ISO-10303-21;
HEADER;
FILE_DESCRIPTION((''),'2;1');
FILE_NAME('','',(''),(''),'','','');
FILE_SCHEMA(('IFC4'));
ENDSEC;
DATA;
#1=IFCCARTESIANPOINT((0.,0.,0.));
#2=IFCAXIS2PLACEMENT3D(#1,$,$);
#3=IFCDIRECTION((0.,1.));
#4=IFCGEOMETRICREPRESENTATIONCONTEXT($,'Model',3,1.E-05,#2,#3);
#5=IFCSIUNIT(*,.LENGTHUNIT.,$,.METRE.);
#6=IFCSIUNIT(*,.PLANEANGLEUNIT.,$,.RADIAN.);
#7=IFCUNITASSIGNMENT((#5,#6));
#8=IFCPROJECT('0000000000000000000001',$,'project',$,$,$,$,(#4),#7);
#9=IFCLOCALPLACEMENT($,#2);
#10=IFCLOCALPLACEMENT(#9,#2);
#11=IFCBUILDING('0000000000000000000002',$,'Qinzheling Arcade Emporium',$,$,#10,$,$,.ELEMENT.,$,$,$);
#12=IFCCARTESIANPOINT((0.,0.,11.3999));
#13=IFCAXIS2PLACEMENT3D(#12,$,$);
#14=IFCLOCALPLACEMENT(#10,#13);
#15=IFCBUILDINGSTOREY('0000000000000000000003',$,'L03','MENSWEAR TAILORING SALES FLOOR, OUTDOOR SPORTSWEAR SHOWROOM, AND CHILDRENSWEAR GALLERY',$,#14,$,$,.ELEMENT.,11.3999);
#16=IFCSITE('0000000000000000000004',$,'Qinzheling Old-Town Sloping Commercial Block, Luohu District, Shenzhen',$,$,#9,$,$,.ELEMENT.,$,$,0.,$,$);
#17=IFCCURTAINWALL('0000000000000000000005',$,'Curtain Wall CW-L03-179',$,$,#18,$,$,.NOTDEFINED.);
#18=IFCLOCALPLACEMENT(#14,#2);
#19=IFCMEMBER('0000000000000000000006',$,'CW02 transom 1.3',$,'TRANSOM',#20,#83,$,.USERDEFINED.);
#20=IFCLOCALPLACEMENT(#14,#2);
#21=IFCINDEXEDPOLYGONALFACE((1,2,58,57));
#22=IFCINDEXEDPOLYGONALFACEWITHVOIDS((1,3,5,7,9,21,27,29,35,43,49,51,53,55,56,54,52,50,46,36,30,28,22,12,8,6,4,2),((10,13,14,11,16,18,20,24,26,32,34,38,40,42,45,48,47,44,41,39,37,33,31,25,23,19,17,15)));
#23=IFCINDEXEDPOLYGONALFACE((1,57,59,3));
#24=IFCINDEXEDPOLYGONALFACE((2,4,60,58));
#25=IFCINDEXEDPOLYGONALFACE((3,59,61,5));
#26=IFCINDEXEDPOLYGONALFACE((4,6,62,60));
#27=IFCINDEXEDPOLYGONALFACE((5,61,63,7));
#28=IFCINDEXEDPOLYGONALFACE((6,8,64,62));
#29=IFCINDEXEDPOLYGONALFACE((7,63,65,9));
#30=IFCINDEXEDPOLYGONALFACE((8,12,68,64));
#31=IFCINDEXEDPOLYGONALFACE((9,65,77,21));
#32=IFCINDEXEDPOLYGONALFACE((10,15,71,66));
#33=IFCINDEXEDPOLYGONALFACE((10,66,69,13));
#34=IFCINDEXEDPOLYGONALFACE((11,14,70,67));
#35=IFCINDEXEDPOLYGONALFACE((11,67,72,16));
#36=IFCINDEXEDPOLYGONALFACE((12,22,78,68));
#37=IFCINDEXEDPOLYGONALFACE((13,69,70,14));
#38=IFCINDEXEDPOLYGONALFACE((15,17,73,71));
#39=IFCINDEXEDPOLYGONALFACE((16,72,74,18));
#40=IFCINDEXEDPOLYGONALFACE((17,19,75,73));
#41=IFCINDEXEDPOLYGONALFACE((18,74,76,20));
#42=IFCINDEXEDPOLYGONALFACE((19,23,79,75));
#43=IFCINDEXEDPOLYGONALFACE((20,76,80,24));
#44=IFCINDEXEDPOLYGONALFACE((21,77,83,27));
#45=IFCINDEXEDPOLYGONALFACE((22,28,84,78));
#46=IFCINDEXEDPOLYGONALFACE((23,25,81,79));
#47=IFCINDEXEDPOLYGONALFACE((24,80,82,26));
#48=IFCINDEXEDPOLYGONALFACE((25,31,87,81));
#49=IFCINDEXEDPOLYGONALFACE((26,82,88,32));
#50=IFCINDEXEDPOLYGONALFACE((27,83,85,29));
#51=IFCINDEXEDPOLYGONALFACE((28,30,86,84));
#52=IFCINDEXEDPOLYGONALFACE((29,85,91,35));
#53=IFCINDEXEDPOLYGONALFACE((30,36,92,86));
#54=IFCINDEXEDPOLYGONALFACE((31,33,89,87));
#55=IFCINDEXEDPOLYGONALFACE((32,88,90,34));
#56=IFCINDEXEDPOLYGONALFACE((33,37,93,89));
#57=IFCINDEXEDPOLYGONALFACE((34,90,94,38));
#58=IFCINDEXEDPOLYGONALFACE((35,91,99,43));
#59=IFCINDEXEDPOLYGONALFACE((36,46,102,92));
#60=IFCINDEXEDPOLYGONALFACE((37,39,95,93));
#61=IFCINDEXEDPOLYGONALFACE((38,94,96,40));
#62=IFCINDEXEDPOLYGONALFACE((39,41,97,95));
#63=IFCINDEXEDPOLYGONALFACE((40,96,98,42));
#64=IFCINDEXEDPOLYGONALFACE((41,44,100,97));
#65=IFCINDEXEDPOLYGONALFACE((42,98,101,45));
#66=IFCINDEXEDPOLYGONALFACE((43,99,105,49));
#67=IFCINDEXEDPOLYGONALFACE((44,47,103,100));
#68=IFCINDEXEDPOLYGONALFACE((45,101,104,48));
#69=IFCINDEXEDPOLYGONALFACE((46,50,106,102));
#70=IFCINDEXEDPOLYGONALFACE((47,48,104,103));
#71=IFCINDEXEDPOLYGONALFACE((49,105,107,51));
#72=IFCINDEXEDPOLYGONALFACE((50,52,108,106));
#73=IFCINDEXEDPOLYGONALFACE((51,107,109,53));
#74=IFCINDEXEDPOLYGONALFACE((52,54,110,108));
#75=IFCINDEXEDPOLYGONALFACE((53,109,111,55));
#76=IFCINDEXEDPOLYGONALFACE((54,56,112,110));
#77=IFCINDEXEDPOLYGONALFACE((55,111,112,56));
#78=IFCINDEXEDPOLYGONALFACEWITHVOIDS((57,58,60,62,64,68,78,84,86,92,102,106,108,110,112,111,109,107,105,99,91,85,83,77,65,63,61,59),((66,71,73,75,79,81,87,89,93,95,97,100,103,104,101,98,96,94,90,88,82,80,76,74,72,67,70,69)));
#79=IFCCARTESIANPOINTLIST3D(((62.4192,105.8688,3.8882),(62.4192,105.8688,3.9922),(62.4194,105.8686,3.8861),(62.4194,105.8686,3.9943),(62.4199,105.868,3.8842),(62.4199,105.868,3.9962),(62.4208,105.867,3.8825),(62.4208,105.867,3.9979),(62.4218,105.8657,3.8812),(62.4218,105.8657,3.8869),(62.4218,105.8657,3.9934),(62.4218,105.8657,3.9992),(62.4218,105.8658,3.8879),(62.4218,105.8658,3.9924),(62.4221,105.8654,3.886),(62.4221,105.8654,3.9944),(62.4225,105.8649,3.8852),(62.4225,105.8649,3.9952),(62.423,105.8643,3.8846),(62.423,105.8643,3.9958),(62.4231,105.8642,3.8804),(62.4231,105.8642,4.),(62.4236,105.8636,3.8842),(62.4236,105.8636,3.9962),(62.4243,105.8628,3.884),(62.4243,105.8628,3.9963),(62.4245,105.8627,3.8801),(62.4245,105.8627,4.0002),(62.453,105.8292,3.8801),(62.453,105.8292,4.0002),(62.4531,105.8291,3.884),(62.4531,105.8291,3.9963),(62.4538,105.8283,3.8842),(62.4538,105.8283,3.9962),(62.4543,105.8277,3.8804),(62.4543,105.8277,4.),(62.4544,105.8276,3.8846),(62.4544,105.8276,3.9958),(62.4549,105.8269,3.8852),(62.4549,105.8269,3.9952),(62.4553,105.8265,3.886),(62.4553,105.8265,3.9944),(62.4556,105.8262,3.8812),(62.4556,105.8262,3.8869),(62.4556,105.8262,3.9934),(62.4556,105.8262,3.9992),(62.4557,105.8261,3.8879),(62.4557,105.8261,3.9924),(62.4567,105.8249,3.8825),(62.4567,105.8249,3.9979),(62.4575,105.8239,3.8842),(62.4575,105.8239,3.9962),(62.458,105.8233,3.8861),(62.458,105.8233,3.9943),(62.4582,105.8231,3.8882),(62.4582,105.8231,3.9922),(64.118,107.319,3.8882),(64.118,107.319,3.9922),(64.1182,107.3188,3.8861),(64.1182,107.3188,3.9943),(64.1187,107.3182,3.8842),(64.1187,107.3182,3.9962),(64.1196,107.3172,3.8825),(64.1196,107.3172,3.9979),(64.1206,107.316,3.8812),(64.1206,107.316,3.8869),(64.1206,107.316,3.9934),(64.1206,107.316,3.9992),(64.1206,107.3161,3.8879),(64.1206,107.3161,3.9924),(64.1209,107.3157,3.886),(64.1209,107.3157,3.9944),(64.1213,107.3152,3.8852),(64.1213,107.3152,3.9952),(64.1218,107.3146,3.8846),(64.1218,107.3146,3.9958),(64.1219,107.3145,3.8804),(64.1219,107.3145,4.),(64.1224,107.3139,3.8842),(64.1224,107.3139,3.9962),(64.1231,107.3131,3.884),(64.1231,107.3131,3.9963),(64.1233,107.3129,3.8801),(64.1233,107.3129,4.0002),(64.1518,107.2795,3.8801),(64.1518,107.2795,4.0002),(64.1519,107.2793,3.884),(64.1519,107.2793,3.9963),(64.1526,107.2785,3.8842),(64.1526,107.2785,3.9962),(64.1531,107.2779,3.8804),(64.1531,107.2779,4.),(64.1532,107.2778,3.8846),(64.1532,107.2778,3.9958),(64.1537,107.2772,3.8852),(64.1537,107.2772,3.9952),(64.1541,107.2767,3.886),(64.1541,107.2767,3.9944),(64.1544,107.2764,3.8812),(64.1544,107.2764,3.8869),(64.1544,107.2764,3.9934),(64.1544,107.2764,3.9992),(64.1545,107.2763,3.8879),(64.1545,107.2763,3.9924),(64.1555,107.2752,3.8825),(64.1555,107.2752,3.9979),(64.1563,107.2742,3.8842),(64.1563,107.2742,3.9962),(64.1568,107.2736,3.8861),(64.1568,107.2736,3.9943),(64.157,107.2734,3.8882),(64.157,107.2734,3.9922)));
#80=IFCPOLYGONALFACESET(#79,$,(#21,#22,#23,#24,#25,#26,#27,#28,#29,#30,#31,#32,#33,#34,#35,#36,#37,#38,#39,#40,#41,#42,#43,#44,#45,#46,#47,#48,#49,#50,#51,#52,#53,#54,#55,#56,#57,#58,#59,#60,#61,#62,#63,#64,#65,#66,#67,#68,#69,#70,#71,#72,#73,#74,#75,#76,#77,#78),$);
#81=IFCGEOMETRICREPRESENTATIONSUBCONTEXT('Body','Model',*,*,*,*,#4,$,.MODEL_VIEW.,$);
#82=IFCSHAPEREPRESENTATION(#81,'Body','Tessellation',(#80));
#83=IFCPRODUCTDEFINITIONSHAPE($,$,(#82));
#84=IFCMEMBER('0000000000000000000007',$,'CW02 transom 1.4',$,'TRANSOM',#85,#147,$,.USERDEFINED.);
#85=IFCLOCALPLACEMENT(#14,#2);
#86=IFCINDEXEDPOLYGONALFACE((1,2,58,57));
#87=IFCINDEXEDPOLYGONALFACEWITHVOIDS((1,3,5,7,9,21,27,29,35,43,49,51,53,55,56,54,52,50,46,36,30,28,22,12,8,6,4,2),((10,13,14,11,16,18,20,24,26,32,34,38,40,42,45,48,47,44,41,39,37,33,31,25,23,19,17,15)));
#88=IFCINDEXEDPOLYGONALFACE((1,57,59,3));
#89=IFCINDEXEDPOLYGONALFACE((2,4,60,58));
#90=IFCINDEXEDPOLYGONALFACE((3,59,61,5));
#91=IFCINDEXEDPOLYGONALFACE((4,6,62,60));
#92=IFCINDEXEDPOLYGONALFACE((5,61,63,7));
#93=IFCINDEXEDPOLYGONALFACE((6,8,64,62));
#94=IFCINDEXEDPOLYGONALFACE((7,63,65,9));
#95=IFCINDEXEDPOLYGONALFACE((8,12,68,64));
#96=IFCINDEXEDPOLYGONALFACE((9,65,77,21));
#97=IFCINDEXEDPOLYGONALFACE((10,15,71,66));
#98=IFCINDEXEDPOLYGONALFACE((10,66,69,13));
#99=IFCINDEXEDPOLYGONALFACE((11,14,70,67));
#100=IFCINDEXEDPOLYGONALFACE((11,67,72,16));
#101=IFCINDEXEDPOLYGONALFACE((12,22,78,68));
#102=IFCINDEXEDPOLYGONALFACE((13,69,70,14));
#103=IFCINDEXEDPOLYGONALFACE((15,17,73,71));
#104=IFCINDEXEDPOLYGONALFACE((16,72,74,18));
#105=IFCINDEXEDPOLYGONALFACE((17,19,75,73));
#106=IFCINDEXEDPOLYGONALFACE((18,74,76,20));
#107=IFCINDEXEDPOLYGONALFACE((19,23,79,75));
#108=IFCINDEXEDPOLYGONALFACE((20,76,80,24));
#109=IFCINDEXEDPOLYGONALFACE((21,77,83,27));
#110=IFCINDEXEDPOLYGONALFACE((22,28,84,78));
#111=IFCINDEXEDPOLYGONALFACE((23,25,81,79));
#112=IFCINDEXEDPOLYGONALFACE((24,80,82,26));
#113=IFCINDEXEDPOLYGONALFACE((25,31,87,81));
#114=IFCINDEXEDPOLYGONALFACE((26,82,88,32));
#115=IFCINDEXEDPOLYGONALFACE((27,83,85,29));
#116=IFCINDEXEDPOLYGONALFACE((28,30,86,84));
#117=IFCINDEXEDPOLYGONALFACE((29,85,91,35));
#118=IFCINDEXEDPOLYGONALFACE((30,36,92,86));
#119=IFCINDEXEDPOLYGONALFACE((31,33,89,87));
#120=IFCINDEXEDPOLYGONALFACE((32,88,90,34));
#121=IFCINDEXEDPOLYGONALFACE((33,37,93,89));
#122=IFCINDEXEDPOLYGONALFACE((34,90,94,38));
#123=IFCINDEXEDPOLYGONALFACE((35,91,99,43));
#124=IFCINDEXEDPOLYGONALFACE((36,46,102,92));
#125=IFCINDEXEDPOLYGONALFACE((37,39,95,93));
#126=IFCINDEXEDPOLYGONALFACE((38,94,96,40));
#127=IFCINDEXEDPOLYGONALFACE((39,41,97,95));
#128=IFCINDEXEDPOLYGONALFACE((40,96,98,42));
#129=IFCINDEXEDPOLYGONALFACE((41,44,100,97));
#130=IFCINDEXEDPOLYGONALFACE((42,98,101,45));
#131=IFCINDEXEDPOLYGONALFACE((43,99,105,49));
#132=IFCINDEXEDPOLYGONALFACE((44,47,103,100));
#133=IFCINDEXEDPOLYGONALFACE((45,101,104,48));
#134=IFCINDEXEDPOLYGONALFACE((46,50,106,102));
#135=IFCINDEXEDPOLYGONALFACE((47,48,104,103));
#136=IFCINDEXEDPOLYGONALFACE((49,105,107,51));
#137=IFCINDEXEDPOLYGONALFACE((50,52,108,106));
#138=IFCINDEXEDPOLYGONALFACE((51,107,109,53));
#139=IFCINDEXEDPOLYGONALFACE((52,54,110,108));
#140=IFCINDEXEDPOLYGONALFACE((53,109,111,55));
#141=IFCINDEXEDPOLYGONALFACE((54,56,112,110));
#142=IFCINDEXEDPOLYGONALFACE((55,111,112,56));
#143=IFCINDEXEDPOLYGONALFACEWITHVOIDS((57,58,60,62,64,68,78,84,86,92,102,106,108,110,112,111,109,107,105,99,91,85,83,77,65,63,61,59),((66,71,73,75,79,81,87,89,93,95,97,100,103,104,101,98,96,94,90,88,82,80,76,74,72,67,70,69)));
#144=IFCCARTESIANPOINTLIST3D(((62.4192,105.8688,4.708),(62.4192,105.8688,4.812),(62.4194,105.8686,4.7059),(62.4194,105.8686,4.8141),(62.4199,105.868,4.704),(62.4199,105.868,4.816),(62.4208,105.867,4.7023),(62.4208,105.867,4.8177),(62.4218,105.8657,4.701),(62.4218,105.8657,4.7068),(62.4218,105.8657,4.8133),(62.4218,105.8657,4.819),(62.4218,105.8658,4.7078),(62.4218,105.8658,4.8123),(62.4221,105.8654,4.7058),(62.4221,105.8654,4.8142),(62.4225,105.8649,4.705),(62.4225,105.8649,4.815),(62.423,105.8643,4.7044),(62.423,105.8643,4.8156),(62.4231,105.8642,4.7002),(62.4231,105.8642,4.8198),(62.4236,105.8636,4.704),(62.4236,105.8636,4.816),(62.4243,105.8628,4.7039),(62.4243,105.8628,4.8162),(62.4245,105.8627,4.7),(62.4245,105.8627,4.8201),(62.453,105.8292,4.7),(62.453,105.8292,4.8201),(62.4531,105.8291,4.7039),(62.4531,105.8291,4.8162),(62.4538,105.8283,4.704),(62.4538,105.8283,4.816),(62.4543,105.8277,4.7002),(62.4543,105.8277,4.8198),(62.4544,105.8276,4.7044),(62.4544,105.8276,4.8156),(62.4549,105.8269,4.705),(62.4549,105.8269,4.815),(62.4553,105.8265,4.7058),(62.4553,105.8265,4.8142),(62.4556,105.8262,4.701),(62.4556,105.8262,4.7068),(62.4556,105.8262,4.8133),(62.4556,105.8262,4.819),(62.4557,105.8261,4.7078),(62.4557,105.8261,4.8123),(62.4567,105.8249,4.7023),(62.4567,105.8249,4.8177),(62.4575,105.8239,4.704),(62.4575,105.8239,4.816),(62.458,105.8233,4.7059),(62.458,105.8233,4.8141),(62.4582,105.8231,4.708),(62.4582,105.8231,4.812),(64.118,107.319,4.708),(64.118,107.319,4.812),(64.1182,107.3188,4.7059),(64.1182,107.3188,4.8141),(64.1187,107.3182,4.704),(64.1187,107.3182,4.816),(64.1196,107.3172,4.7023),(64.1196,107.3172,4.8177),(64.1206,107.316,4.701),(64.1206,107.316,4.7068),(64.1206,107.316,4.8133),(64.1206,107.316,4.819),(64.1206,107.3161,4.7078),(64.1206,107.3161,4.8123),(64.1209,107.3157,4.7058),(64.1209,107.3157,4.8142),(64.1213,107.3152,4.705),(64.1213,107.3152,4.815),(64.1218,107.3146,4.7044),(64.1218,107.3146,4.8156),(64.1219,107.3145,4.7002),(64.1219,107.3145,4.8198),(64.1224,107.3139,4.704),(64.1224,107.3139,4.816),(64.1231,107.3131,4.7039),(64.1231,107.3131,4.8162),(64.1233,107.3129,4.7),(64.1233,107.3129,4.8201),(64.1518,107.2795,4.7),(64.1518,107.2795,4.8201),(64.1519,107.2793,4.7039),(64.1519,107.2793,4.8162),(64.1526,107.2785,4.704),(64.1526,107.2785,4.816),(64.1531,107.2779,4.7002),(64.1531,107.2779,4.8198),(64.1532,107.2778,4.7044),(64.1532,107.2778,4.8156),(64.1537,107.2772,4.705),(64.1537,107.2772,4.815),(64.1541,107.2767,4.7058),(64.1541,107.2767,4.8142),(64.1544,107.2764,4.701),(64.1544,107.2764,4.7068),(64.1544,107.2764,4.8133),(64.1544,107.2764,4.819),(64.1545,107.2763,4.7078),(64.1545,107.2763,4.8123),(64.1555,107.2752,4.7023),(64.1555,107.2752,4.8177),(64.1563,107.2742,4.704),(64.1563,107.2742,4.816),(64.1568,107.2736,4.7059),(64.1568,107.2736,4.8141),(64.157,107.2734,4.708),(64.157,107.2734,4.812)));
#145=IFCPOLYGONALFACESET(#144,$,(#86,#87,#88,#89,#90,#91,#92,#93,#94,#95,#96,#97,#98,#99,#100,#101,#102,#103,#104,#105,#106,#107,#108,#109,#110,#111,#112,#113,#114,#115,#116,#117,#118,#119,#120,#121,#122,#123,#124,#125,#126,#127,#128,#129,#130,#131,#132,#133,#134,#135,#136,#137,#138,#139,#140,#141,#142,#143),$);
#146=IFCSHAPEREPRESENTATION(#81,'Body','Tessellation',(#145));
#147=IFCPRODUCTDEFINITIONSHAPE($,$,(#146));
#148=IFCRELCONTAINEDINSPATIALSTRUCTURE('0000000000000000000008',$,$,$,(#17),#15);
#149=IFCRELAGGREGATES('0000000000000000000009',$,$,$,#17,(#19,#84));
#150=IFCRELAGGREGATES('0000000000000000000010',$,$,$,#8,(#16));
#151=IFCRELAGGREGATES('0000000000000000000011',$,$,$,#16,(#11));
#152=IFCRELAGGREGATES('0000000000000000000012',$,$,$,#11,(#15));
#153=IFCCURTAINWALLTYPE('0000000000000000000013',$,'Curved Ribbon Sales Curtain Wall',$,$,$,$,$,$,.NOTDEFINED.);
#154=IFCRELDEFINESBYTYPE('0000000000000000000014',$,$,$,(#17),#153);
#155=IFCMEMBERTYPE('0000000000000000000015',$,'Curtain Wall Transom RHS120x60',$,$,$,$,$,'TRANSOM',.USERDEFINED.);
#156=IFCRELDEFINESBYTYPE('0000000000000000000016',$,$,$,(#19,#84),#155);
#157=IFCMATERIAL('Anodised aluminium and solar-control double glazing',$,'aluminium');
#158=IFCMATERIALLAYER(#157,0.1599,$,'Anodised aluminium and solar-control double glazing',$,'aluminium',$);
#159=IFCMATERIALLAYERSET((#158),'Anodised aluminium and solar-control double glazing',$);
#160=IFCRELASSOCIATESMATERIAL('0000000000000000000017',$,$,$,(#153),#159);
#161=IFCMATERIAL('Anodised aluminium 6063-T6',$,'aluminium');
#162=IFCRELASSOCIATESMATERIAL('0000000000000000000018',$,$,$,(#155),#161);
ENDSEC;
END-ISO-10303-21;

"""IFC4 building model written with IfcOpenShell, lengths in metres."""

from ifc_helpers import new_model, si_unit, direction, frame, origin, origin_2d, place, context, subcontext, project, spatial, hollow_rectangle, extrude, material, layer, layer_set, material_profile, profile_set, type_object, element, aggregate, save


model = new_model("IFC4")

# Units and contexts
model_context = context("Model", 3, precision=1e-05, world=origin(), true_north=direction((0.0, 1.0)))
body_context = subcontext(model_context, "Body", "Model", "MODEL_VIEW")
ifc_project = project(units=[si_unit("LENGTHUNIT", "METRE"), si_unit("PLANEANGLEUNIT", "RADIAN")], contexts=[model_context])

# Site, building, storey
site_placement = place(None, origin())
site = spatial("IfcSite", under=ifc_project, at=site_placement, Name="Qinzheling Old-Town Sloping Commercial Block, Luohu District, Shenzhen", CompositionType="ELEMENT", RefElevation=0.0)
building_placement = place(site_placement, origin())
building = spatial("IfcBuilding", under=site, at=building_placement, Name="Qinzheling Arcade Emporium", CompositionType="ELEMENT")
storey_placement = place(building_placement, frame((0.0, 0.0, 11.3999)))
storey = spatial("IfcBuildingStorey", under=building, at=storey_placement, Name="L03", Description="MENSWEAR TAILORING SALES FLOOR, OUTDOOR SPORTSWEAR SHOWROOM, AND CHILDRENSWEAR GALLERY", CompositionType="ELEMENT", Elevation=11.3999)

# Shared definitions
ifc_material_1 = material(Name="Anodised aluminium and solar-control double glazing", Category="aluminium")
ifc_layer_1 = layer(ifc_material_1, 0.1599, Name="Anodised aluminium and solar-control double glazing", Category="aluminium")
ifc_layer_set_1 = layer_set([ifc_layer_1], Name="Anodised aluminium and solar-control double glazing")
curtain_wall_type = type_object("IfcCurtainWallType", Name="Curved Ribbon Sales Curtain Wall", PredefinedType="NOTDEFINED", material=ifc_layer_set_1)
ifc_material_2 = material(Name="Anodised aluminium 6063-T6", Category="aluminium")

# Curtain wall
curtain_wall_1_placement = place(storey_placement, origin())
curtain_wall_1 = element("IfcCurtainWall", 1, at=curtain_wall_1_placement, inside=storey, type_object=curtain_wall_type, Name="Curtain Wall CW-L03-179", PredefinedType="NOTDEFINED")

# Members
ifc_material_profile_1 = material_profile(ifc_material_2, hollow_rectangle(XDim=0.0601, YDim=0.1201, WallThickness=0.0039, InnerFilletRadius=0.0039, OuterFilletRadius=0.0081, at=origin_2d()), Name="RHS 120x60x4", Category="aluminium")
ifc_profile_set_1 = profile_set([ifc_material_profile_1], Name="Anodised aluminium 6063-T6")
member_type_1 = type_object("IfcMemberType", Name="Curtain Wall Transom RHS120x60", ElementType="TRANSOM", PredefinedType="USERDEFINED", material=ifc_profile_set_1)
member_1_placement = place(storey_placement, frame((62.4387, 105.8459, 3.9402), z_axis=(0.760551, 0.649278, 0.0), x_axis=(-0.649278, 0.760551, 0.0)))
member_1 = element("IfcMember", 2, at=member_1_placement, type_object=member_type_1, Name="CW02 transom 1.3", ObjectType="TRANSOM", PredefinedType="USERDEFINED", context=body_context, shape_type="SweptSolid", body=[
    extrude(hollow_rectangle(XDim=0.0601, YDim=0.1201, WallThickness=0.0039, InnerFilletRadius=0.0039, OuterFilletRadius=0.0081, at=origin_2d()), origin(), (0.0, 0.0, 1.0), 2.2336),
])
member_2_placement = place(storey_placement, frame((62.4387, 105.8459, 4.76), z_axis=(0.760551, 0.649278, 0.0), x_axis=(-0.649278, 0.760551, 0.0)))
member_2 = element("IfcMember", 3, at=member_2_placement, type_object=member_type_1, Name="CW02 transom 1.4", ObjectType="TRANSOM", PredefinedType="USERDEFINED", context=body_context, shape_type="SweptSolid", body=[
    extrude(hollow_rectangle(XDim=0.0601, YDim=0.1201, WallThickness=0.0039, InnerFilletRadius=0.0039, OuterFilletRadius=0.0081, at=origin_2d()), origin(), (0.0, 0.0, 1.0), 2.2336),
])

aggregate(curtain_wall_1, [member_1, member_2])

save(model, "model.ifc")
